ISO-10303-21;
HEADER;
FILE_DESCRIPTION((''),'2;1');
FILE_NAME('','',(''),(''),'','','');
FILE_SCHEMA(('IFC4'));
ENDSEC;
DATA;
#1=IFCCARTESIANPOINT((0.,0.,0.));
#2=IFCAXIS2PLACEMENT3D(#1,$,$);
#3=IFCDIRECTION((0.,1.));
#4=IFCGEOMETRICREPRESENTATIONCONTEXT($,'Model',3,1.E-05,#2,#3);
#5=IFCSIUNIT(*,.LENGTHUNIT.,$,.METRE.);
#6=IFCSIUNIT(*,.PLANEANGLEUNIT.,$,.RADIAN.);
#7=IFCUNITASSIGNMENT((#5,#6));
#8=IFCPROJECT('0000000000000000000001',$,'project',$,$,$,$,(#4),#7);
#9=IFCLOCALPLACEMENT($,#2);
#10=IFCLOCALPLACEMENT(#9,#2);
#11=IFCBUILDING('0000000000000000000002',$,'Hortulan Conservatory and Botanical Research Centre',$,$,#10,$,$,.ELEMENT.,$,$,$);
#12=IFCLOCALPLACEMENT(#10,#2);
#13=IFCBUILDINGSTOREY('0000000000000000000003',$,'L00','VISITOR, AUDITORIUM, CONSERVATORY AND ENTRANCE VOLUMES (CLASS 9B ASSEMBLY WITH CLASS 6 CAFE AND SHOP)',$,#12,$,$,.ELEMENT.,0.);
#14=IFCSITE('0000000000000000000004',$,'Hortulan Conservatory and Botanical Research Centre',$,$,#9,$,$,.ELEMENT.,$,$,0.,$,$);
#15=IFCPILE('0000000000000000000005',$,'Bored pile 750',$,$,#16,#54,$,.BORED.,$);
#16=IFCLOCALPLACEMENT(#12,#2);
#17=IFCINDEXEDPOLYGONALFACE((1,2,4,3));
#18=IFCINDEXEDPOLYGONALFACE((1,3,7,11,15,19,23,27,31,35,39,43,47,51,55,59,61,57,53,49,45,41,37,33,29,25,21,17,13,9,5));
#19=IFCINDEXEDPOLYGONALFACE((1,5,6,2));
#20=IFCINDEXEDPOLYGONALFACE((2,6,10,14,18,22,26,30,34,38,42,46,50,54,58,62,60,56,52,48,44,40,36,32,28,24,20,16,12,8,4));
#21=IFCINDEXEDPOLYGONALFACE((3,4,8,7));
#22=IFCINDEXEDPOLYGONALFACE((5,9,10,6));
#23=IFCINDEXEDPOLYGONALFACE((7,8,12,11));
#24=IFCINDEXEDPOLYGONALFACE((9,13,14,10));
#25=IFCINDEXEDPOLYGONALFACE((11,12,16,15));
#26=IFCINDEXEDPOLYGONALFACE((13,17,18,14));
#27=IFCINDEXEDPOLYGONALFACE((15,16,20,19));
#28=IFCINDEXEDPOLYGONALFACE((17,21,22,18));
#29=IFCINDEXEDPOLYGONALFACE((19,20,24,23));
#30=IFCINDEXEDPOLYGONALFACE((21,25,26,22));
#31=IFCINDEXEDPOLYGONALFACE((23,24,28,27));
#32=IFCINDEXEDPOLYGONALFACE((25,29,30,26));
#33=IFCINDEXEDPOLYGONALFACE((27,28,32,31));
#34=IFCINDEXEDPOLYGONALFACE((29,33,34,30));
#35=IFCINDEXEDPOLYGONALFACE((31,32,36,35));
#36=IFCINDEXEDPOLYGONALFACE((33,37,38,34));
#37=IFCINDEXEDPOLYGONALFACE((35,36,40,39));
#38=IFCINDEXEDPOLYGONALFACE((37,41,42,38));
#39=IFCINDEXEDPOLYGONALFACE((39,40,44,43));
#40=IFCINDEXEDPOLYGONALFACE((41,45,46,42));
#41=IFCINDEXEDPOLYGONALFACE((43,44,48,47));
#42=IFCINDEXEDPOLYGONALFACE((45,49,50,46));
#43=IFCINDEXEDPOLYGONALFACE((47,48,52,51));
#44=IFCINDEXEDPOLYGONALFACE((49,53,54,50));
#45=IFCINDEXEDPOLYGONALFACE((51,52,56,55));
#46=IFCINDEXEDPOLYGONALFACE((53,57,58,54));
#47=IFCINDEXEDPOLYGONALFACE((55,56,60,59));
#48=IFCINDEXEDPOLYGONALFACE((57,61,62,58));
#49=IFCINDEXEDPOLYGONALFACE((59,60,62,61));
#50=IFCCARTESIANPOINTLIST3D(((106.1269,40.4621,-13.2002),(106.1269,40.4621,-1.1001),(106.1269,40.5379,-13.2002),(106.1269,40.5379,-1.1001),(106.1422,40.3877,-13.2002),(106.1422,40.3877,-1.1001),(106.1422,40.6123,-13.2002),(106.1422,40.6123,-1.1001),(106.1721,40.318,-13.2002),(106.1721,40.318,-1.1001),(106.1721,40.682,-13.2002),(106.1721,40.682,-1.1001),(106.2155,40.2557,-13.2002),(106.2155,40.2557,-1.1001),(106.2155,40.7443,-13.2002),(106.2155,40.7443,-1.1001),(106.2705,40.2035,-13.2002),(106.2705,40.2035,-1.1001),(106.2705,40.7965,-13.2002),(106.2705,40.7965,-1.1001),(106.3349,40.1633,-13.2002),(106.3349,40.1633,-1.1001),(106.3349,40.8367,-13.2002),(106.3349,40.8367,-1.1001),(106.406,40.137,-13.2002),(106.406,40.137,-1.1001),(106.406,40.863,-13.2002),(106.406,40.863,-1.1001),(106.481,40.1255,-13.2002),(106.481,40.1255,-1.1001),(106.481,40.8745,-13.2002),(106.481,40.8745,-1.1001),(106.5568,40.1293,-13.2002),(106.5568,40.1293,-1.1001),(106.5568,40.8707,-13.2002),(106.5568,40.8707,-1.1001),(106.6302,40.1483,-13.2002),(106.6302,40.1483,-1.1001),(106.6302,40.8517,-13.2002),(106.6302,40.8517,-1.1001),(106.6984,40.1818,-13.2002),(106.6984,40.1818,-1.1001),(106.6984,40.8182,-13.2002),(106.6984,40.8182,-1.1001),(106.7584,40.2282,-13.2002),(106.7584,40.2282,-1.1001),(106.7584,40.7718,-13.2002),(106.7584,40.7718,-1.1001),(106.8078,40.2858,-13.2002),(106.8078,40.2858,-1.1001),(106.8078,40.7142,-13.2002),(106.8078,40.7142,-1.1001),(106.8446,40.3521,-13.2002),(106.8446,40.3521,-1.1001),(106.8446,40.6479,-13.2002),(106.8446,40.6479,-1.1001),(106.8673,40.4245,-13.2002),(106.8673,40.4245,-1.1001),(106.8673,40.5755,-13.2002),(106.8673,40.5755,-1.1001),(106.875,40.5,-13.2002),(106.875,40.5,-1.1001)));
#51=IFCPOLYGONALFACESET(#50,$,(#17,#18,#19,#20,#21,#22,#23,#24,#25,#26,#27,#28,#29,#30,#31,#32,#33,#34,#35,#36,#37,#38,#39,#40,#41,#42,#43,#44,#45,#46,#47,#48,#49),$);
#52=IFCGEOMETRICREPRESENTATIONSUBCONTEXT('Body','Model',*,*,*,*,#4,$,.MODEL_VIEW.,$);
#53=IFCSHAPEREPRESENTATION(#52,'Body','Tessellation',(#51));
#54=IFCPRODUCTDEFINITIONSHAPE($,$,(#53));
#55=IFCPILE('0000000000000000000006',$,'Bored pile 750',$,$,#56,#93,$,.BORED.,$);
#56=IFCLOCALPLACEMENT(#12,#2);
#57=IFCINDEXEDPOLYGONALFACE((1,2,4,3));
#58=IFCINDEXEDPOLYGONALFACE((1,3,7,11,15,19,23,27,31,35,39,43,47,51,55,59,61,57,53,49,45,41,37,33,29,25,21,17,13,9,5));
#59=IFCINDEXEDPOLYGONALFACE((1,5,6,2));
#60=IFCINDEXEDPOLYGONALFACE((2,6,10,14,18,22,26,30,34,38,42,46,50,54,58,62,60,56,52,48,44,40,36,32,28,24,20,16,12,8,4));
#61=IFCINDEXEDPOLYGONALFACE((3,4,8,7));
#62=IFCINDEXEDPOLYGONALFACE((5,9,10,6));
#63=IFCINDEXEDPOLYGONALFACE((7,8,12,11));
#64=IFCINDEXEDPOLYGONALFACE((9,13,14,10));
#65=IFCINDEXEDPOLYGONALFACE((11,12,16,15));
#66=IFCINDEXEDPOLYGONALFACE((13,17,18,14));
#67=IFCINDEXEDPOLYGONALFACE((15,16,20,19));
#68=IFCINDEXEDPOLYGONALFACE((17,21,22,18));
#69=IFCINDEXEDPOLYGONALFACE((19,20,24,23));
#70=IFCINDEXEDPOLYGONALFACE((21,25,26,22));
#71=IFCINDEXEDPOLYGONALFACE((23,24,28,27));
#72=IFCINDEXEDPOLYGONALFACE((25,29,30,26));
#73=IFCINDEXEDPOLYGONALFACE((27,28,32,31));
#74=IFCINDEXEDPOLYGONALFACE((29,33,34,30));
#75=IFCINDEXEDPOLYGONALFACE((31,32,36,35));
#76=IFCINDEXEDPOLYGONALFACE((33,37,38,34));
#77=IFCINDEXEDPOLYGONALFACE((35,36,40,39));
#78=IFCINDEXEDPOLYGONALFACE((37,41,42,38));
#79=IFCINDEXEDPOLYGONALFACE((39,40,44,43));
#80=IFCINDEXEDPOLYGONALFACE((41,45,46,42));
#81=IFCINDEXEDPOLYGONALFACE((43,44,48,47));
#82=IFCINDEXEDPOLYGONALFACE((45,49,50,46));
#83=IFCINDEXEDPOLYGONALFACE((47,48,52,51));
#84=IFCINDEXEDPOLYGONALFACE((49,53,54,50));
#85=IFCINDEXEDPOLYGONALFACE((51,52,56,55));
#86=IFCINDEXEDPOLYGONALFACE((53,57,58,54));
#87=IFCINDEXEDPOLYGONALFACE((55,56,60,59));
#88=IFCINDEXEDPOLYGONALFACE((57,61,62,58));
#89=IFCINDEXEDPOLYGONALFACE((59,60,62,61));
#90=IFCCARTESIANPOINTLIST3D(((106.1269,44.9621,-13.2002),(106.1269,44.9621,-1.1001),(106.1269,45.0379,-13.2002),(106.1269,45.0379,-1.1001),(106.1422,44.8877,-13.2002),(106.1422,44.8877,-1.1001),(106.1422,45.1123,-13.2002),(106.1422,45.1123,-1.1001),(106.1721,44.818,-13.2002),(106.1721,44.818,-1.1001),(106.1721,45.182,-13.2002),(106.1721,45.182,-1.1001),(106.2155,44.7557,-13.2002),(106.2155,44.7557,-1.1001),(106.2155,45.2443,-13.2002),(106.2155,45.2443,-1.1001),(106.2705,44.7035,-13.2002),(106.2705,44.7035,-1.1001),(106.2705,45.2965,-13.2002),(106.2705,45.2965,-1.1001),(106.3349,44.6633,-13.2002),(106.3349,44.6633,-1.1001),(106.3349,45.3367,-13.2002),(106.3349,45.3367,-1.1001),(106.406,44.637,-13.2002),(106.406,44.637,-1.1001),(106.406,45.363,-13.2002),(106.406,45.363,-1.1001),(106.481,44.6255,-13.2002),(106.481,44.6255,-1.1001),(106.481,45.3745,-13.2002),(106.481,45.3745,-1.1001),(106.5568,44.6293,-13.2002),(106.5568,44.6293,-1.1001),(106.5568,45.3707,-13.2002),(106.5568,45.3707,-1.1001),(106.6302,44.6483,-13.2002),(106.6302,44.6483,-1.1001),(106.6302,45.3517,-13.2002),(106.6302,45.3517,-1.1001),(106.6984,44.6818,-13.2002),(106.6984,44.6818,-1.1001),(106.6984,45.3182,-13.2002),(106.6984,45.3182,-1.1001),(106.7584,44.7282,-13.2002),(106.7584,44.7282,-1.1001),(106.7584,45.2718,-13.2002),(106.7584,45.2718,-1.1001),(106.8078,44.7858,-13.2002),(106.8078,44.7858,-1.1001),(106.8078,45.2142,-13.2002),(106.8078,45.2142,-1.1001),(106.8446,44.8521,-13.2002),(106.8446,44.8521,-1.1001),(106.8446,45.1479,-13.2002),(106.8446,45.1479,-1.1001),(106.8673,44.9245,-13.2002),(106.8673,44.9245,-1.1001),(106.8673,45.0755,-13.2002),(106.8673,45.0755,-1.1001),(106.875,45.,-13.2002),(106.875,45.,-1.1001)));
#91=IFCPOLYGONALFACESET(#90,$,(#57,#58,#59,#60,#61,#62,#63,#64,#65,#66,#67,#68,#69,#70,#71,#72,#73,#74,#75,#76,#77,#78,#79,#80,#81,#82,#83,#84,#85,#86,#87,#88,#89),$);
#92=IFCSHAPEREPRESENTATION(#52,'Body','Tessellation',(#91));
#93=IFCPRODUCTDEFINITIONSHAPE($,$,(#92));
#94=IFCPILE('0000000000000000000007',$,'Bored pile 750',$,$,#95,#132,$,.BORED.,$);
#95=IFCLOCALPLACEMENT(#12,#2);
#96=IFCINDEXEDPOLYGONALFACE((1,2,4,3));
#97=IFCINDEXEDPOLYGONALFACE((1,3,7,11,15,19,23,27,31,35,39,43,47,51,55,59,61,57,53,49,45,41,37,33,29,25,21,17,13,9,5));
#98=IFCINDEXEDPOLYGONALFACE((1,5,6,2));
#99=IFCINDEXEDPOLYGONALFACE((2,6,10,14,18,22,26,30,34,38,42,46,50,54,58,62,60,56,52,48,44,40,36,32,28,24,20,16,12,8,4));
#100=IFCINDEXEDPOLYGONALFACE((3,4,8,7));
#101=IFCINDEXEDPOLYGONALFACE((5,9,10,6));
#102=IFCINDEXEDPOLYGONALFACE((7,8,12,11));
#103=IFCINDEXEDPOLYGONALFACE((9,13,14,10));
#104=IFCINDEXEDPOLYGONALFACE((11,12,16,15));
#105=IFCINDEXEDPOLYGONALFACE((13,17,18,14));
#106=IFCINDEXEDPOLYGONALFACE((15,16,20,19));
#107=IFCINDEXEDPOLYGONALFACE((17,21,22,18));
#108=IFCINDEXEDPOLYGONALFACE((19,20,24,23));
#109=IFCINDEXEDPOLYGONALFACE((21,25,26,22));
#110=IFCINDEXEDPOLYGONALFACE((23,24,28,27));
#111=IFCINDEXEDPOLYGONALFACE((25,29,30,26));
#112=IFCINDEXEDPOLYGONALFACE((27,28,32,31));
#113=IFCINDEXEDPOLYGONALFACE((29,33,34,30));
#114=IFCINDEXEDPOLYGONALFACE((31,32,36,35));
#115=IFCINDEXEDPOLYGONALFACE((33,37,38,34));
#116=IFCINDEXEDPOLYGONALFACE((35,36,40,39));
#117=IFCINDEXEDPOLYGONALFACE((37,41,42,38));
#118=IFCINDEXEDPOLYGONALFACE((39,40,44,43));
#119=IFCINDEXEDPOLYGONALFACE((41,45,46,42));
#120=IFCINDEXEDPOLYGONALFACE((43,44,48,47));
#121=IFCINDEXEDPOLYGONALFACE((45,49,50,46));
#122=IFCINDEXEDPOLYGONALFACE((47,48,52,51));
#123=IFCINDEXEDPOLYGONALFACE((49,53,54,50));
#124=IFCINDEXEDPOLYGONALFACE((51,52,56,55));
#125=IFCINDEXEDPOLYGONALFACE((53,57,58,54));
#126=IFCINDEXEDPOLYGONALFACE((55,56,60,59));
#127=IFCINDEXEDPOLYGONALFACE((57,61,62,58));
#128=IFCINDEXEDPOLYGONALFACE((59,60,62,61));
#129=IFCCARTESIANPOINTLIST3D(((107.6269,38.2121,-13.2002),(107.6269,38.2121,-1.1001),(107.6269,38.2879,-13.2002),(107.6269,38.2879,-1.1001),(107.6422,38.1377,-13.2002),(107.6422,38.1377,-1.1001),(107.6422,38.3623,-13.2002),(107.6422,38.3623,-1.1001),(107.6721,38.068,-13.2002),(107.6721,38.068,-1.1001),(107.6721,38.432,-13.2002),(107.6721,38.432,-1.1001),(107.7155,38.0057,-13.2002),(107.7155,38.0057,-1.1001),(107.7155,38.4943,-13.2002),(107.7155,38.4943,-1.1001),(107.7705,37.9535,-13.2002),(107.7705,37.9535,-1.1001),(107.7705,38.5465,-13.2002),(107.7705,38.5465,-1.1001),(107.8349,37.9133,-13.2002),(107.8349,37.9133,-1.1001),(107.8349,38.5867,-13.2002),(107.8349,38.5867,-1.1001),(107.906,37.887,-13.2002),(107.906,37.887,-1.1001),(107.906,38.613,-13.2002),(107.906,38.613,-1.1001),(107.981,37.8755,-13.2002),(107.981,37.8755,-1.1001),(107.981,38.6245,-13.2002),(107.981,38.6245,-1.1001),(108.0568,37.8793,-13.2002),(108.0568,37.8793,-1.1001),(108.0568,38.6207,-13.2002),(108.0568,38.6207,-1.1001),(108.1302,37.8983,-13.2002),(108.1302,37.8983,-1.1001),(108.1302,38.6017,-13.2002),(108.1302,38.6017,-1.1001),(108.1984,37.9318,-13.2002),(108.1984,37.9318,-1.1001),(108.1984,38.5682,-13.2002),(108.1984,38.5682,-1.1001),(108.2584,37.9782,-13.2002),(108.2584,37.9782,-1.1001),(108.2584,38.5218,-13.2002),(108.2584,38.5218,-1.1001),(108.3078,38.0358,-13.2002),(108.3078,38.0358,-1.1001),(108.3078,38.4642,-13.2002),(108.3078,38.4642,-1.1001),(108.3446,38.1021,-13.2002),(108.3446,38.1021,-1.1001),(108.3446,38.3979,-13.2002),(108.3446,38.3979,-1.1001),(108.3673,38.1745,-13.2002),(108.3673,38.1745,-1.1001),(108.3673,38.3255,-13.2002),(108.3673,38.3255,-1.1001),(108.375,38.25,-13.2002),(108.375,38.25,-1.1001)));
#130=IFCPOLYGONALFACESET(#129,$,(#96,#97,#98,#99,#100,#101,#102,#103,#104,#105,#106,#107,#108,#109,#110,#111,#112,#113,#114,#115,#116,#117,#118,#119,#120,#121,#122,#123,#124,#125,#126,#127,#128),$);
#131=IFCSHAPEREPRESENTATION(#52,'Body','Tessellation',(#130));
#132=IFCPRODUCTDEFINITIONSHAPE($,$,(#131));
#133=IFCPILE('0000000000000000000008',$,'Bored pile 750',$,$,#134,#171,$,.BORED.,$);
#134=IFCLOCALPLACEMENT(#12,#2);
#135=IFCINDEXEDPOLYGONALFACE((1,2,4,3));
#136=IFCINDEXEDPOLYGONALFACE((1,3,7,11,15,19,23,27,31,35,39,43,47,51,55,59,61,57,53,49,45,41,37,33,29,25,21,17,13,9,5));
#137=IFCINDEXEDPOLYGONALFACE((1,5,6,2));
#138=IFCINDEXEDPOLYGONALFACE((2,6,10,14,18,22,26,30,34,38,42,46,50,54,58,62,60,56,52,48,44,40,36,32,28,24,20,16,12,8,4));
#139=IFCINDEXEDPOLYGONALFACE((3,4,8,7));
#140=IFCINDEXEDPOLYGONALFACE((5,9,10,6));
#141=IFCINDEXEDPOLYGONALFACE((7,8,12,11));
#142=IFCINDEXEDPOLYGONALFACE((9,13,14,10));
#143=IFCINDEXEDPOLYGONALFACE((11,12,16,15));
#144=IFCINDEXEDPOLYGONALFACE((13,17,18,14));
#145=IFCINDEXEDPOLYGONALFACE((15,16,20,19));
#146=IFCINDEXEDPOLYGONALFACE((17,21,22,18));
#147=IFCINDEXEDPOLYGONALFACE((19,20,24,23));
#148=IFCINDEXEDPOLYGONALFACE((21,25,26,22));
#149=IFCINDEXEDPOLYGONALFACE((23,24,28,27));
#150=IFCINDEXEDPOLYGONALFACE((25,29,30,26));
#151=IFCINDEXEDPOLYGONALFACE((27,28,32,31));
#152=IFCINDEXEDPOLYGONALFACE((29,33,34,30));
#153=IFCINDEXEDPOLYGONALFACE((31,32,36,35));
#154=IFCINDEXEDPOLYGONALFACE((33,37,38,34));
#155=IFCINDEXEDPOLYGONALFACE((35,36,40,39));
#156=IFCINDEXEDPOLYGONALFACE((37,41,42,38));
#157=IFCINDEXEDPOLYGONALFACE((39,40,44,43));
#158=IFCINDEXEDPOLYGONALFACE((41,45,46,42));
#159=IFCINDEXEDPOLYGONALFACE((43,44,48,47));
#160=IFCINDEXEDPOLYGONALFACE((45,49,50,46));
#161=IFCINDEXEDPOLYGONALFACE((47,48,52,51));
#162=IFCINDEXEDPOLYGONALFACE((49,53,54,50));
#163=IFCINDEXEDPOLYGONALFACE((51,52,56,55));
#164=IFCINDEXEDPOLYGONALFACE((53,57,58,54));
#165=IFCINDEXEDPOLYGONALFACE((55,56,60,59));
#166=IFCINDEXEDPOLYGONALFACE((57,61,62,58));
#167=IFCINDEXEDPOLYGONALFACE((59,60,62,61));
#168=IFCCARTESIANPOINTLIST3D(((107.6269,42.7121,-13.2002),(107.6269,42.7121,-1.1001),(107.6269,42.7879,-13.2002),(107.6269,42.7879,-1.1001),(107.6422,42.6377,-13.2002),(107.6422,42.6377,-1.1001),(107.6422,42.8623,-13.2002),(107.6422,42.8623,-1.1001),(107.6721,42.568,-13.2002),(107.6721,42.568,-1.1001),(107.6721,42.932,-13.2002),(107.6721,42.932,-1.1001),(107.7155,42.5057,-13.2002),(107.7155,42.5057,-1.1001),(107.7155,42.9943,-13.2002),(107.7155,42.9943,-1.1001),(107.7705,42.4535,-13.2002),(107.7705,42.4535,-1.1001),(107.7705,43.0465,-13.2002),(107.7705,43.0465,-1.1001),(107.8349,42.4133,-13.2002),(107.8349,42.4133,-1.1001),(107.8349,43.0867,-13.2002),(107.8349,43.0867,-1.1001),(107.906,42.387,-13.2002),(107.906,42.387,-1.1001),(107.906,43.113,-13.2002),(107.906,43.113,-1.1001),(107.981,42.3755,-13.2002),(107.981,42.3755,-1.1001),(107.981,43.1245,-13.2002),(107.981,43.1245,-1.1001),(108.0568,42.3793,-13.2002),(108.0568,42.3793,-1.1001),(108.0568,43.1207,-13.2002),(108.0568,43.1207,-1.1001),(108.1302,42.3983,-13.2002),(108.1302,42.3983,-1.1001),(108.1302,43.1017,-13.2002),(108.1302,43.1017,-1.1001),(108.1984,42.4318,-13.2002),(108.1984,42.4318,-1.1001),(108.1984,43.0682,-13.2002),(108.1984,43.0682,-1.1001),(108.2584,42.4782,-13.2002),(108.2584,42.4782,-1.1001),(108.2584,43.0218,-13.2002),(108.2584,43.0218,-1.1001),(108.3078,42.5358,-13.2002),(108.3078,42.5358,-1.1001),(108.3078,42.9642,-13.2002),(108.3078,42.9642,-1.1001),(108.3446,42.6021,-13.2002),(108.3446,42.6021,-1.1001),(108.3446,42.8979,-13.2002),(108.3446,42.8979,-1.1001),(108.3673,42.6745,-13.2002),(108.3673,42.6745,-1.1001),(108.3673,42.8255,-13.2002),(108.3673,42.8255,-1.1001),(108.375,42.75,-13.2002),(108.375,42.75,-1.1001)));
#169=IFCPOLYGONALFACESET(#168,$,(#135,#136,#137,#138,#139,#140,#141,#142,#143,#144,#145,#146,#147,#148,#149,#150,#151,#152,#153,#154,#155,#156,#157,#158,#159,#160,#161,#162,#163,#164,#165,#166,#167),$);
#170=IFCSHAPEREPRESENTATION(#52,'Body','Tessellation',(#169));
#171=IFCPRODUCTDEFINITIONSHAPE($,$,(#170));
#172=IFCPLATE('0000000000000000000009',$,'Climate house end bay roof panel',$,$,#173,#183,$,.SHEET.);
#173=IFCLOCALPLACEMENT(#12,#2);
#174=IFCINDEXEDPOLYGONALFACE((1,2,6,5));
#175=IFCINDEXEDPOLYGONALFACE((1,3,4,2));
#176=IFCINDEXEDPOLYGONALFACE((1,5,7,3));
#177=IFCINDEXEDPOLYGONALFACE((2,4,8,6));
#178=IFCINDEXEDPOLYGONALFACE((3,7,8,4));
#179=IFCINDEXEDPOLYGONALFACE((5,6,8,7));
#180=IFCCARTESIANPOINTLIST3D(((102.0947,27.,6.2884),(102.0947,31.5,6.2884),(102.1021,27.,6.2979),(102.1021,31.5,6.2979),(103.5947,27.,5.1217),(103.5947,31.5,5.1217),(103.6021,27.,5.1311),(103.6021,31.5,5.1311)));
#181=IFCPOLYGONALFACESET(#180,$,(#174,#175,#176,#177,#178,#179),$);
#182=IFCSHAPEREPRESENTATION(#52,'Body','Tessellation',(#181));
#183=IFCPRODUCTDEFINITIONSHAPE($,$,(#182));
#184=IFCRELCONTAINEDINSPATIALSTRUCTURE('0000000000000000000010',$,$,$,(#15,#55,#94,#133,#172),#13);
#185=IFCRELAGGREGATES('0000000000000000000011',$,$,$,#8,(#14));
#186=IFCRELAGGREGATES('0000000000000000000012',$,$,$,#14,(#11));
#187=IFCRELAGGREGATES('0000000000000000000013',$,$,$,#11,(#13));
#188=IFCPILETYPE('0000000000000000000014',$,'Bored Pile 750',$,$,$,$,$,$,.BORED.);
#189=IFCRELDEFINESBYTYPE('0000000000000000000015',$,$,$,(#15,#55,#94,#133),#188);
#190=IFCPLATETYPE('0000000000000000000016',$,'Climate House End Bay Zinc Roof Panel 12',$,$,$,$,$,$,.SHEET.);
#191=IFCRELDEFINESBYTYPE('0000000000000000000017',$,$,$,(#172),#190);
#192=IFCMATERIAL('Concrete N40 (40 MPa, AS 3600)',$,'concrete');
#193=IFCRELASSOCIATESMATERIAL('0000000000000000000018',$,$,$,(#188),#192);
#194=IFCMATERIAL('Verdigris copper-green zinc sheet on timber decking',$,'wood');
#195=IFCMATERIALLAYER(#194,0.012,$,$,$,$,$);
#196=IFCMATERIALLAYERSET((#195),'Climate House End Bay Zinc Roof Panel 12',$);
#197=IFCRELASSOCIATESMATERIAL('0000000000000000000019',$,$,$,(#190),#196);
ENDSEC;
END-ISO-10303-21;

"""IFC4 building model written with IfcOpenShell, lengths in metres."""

from ifc_helpers import new_model, si_unit, direction, frame, origin, origin_2d, place, context, subcontext, project, spatial, polyline, circle, outline, extrude, material, layer, layer_set, material_profile, profile_set, type_object, element, save


model = new_model("IFC4")

# Units and contexts
model_context = context("Model", 3, precision=1e-05, world=origin(), true_north=direction((0.0, 1.0)))
body_context = subcontext(model_context, "Body", "Model", "MODEL_VIEW")
ifc_project = project(units=[si_unit("LENGTHUNIT", "METRE"), si_unit("PLANEANGLEUNIT", "RADIAN")], contexts=[model_context])

# Site, building, storey
site_placement = place(None, origin())
site = spatial("IfcSite", under=ifc_project, at=site_placement, Name="Hortulan Conservatory and Botanical Research Centre", CompositionType="ELEMENT", RefElevation=0.0)
building_placement = place(site_placement, origin())
building = spatial("IfcBuilding", under=site, at=building_placement, Name="Hortulan Conservatory and Botanical Research Centre", CompositionType="ELEMENT")
storey_placement = place(building_placement, origin())
storey = spatial("IfcBuildingStorey", under=building, at=storey_placement, Name="L00", Description="VISITOR, AUDITORIUM, CONSERVATORY AND ENTRANCE VOLUMES (CLASS 9B ASSEMBLY WITH CLASS 6 CAFE AND SHOP)", CompositionType="ELEMENT", Elevation=0.0)

# Piles
ifc_material_1 = material(Name="Concrete N40 (40 MPa, AS 3600)", Category="concrete")
ifc_material_profile = material_profile(ifc_material_1, circle(Radius=0.375, at=origin_2d()), Name="Bored pile 750 diameter")
ifc_profile_set = profile_set([ifc_material_profile], Name="Concrete N40 (40 MPa, AS 3600)")
pile_type = type_object("IfcPileType", Name="Bored Pile 750", PredefinedType="BORED", material=ifc_profile_set)
for number, where, z_axis, x_axis, name in (
    (1, (106.5, 40.5, -1.1001), (0.0, 0.0, -1.0), (1.0, 0.0, 0.0), "Bored pile 750"),
    (2, (106.5, 45.0, -1.1001), (0.0, 0.0, -1.0), (1.0, 0.0, 0.0), "Bored pile 750"),
    (3, (108.0, 38.25, -1.1001), (0.0, 0.0, -1.0), (1.0, 0.0, 0.0), "Bored pile 750"),
    (4, (108.0, 42.75, -1.1001), (0.0, 0.0, -1.0), (1.0, 0.0, 0.0), "Bored pile 750"),
):
    element("IfcPile", number, at=place(storey_placement, frame(where, z_axis=z_axis, x_axis=x_axis)), inside=storey, type_object=pile_type, Name=name, PredefinedType="BORED", context=body_context, shape_type="SweptSolid", body=[
        extrude(circle(Radius=0.375, at=origin_2d()), origin(), (0.0, 0.0, 1.0), 12.1001),
    ])

# Plate
ifc_material_2 = material(Name="Verdigris copper-green zinc sheet on timber decking", Category="wood")
ifc_layer_1 = layer(ifc_material_2, 0.012)
ifc_layer_set_1 = layer_set([ifc_layer_1], Name="Climate House End Bay Zinc Roof Panel 12")
plate_type = type_object("IfcPlateType", Name="Climate House End Bay Zinc Roof Panel 12", PredefinedType="SHEET", material=ifc_layer_set_1)
plate_placement = place(storey_placement, frame((103.6021, 31.5, 5.1311), z_axis=(0.613967, 0.0, 0.789331), x_axis=(-0.789331, 0.0, 0.613967)))
element("IfcPlate", 5, at=plate_placement, inside=storey, type_object=plate_type, Name="Climate house end bay roof panel", PredefinedType="SHEET", context=body_context, shape_type="SweptSolid", body=[
    extrude(outline(polyline([(0.0, 0.0), (1.9003, 0.0), (1.9003, 4.5), (0.0, 4.5), (0.0, 0.0)])), origin(), (0.0, 0.0, -1.0), 0.012),
])

save(model, "model.ifc")
